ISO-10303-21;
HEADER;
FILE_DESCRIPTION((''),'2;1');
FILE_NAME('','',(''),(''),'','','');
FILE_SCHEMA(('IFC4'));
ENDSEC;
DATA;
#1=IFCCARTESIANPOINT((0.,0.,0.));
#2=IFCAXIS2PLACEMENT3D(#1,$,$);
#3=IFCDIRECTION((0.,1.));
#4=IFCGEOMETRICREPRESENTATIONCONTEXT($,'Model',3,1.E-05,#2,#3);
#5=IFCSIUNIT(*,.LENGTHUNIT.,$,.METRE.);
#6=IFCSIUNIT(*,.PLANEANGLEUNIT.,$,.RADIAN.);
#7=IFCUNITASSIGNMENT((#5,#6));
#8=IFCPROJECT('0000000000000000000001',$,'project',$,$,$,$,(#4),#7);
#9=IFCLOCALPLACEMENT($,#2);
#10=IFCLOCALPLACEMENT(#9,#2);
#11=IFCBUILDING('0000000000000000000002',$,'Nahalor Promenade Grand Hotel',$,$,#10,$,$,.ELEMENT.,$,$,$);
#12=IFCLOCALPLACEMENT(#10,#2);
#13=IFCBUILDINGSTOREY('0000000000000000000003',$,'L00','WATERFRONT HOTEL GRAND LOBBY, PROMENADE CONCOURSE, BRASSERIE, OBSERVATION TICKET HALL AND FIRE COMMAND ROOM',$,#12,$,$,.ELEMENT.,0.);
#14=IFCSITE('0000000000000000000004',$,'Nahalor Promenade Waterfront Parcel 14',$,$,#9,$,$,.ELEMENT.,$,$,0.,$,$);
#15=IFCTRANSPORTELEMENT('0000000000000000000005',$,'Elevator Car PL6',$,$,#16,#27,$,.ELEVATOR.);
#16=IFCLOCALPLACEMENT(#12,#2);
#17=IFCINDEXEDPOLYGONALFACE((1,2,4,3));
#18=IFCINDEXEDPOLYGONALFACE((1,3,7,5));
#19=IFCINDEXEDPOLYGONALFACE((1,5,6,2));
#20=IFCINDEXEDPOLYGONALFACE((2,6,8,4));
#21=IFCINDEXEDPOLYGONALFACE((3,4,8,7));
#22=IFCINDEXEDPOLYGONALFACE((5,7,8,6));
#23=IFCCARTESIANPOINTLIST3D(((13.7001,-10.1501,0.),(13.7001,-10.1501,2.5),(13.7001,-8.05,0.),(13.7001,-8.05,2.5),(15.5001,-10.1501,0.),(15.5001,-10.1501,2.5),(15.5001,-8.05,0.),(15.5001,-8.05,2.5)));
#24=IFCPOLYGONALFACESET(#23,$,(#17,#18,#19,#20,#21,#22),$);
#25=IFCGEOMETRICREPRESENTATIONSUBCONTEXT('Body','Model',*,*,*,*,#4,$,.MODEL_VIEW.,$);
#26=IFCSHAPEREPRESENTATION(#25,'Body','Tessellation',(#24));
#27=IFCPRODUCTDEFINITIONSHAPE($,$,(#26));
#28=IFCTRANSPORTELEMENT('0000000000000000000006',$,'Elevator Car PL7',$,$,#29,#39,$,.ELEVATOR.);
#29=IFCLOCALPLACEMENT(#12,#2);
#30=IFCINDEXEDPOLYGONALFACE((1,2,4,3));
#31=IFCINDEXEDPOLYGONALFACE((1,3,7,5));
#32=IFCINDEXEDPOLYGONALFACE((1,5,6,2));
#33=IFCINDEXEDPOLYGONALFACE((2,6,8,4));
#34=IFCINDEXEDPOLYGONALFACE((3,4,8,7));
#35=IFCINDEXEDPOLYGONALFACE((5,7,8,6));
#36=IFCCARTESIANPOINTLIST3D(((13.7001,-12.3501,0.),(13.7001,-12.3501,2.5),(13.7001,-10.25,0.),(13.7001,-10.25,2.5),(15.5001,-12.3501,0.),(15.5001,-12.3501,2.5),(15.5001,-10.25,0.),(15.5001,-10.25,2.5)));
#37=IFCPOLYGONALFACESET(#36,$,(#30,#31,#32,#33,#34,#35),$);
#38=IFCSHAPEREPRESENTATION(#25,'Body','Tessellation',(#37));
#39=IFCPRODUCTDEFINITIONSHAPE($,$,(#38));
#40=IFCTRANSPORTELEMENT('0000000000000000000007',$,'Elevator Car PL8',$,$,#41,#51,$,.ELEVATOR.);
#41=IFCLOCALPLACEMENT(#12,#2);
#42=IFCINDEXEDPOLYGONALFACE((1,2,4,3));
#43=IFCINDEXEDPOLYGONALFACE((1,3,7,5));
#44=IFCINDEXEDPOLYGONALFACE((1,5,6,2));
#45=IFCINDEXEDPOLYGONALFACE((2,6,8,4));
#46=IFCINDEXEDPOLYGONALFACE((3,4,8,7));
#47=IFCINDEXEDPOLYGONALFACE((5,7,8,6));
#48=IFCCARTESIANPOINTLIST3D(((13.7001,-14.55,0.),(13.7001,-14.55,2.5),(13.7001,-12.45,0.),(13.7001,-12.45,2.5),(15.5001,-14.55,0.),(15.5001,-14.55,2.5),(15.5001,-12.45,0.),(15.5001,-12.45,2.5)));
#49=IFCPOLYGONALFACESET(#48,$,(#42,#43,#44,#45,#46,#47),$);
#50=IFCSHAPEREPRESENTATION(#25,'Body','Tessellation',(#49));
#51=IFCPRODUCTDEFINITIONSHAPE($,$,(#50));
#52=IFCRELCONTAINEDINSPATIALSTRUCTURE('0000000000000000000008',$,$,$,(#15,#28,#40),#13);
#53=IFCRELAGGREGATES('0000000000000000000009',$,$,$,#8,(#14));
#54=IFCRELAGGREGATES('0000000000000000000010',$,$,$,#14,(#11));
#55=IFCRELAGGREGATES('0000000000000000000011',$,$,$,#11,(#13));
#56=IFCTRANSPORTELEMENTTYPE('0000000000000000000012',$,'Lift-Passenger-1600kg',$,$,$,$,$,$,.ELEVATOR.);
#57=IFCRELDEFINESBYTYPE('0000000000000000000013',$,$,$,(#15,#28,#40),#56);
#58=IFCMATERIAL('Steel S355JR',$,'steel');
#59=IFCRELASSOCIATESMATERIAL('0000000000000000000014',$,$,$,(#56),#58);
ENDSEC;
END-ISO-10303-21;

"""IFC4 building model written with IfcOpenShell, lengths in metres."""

from ifc_helpers import new_model, si_unit, direction, frame, origin, origin_2d, place, context, subcontext, project, spatial, rectangle, extrude, source, transform, mapped, material, type_object, element, save


model = new_model("IFC4")

# Units and contexts
model_context = context("Model", 3, precision=1e-05, world=origin(), true_north=direction((0.0, 1.0)))
body_context = subcontext(model_context, "Body", "Model", "MODEL_VIEW")
ifc_project = project(units=[si_unit("LENGTHUNIT", "METRE"), si_unit("PLANEANGLEUNIT", "RADIAN")], contexts=[model_context])

# Site, building, storey
site_placement = place(None, origin())
site = spatial("IfcSite", under=ifc_project, at=site_placement, Name="Nahalor Promenade Waterfront Parcel 14", CompositionType="ELEMENT", RefElevation=0.0)
building_placement = place(site_placement, origin())
building = spatial("IfcBuilding", under=site, at=building_placement, Name="Nahalor Promenade Grand Hotel", CompositionType="ELEMENT")
storey_placement = place(building_placement, origin())
storey = spatial("IfcBuildingStorey", under=building, at=storey_placement, Name="L00", Description="WATERFRONT HOTEL GRAND LOBBY, PROMENADE CONCOURSE, BRASSERIE, OBSERVATION TICKET HALL AND FIRE COMMAND ROOM", CompositionType="ELEMENT", Elevation=0.0)

# Shared definitions
ifc_material_1 = material(Name="Steel S355JR", Category="steel")

# Transport elements
transport_element_type = type_object("IfcTransportElementType", Name="Lift-Passenger-1600kg", PredefinedType="ELEVATOR", material=ifc_material_1)
shared_shape_1 = source(origin(), body_context, "Body", "SweptSolid", [
    extrude(rectangle(XDim=1.8, YDim=2.1001, at=origin_2d()), origin(), (0.0, 0.0, 1.0), 2.5),
])
for number, where, z_axis, x_axis, name in (
    (1, (14.6001, -9.1001, 0.0), (0.0, 0.0, 1.0), (1.0, 0.0, 0.0), "Elevator Car PL6"),
    (2, (14.6001, -11.3, 0.0), (0.0, 0.0, 1.0), (1.0, 0.0, 0.0), "Elevator Car PL7"),
    (3, (14.6001, -13.5, 0.0), (0.0, 0.0, 1.0), (1.0, 0.0, 0.0), "Elevator Car PL8"),
):
    element("IfcTransportElement", number, at=place(storey_placement, frame(where, z_axis=z_axis, x_axis=x_axis)), inside=storey, type_object=transport_element_type, Name=name, PredefinedType="ELEVATOR", context=body_context, shape_type="MappedRepresentation", body=[
        mapped(shared_shape_1, transform((0.0, 0.0, 0.0), scale=1.0)),
    ])

save(model, "model.ifc")
